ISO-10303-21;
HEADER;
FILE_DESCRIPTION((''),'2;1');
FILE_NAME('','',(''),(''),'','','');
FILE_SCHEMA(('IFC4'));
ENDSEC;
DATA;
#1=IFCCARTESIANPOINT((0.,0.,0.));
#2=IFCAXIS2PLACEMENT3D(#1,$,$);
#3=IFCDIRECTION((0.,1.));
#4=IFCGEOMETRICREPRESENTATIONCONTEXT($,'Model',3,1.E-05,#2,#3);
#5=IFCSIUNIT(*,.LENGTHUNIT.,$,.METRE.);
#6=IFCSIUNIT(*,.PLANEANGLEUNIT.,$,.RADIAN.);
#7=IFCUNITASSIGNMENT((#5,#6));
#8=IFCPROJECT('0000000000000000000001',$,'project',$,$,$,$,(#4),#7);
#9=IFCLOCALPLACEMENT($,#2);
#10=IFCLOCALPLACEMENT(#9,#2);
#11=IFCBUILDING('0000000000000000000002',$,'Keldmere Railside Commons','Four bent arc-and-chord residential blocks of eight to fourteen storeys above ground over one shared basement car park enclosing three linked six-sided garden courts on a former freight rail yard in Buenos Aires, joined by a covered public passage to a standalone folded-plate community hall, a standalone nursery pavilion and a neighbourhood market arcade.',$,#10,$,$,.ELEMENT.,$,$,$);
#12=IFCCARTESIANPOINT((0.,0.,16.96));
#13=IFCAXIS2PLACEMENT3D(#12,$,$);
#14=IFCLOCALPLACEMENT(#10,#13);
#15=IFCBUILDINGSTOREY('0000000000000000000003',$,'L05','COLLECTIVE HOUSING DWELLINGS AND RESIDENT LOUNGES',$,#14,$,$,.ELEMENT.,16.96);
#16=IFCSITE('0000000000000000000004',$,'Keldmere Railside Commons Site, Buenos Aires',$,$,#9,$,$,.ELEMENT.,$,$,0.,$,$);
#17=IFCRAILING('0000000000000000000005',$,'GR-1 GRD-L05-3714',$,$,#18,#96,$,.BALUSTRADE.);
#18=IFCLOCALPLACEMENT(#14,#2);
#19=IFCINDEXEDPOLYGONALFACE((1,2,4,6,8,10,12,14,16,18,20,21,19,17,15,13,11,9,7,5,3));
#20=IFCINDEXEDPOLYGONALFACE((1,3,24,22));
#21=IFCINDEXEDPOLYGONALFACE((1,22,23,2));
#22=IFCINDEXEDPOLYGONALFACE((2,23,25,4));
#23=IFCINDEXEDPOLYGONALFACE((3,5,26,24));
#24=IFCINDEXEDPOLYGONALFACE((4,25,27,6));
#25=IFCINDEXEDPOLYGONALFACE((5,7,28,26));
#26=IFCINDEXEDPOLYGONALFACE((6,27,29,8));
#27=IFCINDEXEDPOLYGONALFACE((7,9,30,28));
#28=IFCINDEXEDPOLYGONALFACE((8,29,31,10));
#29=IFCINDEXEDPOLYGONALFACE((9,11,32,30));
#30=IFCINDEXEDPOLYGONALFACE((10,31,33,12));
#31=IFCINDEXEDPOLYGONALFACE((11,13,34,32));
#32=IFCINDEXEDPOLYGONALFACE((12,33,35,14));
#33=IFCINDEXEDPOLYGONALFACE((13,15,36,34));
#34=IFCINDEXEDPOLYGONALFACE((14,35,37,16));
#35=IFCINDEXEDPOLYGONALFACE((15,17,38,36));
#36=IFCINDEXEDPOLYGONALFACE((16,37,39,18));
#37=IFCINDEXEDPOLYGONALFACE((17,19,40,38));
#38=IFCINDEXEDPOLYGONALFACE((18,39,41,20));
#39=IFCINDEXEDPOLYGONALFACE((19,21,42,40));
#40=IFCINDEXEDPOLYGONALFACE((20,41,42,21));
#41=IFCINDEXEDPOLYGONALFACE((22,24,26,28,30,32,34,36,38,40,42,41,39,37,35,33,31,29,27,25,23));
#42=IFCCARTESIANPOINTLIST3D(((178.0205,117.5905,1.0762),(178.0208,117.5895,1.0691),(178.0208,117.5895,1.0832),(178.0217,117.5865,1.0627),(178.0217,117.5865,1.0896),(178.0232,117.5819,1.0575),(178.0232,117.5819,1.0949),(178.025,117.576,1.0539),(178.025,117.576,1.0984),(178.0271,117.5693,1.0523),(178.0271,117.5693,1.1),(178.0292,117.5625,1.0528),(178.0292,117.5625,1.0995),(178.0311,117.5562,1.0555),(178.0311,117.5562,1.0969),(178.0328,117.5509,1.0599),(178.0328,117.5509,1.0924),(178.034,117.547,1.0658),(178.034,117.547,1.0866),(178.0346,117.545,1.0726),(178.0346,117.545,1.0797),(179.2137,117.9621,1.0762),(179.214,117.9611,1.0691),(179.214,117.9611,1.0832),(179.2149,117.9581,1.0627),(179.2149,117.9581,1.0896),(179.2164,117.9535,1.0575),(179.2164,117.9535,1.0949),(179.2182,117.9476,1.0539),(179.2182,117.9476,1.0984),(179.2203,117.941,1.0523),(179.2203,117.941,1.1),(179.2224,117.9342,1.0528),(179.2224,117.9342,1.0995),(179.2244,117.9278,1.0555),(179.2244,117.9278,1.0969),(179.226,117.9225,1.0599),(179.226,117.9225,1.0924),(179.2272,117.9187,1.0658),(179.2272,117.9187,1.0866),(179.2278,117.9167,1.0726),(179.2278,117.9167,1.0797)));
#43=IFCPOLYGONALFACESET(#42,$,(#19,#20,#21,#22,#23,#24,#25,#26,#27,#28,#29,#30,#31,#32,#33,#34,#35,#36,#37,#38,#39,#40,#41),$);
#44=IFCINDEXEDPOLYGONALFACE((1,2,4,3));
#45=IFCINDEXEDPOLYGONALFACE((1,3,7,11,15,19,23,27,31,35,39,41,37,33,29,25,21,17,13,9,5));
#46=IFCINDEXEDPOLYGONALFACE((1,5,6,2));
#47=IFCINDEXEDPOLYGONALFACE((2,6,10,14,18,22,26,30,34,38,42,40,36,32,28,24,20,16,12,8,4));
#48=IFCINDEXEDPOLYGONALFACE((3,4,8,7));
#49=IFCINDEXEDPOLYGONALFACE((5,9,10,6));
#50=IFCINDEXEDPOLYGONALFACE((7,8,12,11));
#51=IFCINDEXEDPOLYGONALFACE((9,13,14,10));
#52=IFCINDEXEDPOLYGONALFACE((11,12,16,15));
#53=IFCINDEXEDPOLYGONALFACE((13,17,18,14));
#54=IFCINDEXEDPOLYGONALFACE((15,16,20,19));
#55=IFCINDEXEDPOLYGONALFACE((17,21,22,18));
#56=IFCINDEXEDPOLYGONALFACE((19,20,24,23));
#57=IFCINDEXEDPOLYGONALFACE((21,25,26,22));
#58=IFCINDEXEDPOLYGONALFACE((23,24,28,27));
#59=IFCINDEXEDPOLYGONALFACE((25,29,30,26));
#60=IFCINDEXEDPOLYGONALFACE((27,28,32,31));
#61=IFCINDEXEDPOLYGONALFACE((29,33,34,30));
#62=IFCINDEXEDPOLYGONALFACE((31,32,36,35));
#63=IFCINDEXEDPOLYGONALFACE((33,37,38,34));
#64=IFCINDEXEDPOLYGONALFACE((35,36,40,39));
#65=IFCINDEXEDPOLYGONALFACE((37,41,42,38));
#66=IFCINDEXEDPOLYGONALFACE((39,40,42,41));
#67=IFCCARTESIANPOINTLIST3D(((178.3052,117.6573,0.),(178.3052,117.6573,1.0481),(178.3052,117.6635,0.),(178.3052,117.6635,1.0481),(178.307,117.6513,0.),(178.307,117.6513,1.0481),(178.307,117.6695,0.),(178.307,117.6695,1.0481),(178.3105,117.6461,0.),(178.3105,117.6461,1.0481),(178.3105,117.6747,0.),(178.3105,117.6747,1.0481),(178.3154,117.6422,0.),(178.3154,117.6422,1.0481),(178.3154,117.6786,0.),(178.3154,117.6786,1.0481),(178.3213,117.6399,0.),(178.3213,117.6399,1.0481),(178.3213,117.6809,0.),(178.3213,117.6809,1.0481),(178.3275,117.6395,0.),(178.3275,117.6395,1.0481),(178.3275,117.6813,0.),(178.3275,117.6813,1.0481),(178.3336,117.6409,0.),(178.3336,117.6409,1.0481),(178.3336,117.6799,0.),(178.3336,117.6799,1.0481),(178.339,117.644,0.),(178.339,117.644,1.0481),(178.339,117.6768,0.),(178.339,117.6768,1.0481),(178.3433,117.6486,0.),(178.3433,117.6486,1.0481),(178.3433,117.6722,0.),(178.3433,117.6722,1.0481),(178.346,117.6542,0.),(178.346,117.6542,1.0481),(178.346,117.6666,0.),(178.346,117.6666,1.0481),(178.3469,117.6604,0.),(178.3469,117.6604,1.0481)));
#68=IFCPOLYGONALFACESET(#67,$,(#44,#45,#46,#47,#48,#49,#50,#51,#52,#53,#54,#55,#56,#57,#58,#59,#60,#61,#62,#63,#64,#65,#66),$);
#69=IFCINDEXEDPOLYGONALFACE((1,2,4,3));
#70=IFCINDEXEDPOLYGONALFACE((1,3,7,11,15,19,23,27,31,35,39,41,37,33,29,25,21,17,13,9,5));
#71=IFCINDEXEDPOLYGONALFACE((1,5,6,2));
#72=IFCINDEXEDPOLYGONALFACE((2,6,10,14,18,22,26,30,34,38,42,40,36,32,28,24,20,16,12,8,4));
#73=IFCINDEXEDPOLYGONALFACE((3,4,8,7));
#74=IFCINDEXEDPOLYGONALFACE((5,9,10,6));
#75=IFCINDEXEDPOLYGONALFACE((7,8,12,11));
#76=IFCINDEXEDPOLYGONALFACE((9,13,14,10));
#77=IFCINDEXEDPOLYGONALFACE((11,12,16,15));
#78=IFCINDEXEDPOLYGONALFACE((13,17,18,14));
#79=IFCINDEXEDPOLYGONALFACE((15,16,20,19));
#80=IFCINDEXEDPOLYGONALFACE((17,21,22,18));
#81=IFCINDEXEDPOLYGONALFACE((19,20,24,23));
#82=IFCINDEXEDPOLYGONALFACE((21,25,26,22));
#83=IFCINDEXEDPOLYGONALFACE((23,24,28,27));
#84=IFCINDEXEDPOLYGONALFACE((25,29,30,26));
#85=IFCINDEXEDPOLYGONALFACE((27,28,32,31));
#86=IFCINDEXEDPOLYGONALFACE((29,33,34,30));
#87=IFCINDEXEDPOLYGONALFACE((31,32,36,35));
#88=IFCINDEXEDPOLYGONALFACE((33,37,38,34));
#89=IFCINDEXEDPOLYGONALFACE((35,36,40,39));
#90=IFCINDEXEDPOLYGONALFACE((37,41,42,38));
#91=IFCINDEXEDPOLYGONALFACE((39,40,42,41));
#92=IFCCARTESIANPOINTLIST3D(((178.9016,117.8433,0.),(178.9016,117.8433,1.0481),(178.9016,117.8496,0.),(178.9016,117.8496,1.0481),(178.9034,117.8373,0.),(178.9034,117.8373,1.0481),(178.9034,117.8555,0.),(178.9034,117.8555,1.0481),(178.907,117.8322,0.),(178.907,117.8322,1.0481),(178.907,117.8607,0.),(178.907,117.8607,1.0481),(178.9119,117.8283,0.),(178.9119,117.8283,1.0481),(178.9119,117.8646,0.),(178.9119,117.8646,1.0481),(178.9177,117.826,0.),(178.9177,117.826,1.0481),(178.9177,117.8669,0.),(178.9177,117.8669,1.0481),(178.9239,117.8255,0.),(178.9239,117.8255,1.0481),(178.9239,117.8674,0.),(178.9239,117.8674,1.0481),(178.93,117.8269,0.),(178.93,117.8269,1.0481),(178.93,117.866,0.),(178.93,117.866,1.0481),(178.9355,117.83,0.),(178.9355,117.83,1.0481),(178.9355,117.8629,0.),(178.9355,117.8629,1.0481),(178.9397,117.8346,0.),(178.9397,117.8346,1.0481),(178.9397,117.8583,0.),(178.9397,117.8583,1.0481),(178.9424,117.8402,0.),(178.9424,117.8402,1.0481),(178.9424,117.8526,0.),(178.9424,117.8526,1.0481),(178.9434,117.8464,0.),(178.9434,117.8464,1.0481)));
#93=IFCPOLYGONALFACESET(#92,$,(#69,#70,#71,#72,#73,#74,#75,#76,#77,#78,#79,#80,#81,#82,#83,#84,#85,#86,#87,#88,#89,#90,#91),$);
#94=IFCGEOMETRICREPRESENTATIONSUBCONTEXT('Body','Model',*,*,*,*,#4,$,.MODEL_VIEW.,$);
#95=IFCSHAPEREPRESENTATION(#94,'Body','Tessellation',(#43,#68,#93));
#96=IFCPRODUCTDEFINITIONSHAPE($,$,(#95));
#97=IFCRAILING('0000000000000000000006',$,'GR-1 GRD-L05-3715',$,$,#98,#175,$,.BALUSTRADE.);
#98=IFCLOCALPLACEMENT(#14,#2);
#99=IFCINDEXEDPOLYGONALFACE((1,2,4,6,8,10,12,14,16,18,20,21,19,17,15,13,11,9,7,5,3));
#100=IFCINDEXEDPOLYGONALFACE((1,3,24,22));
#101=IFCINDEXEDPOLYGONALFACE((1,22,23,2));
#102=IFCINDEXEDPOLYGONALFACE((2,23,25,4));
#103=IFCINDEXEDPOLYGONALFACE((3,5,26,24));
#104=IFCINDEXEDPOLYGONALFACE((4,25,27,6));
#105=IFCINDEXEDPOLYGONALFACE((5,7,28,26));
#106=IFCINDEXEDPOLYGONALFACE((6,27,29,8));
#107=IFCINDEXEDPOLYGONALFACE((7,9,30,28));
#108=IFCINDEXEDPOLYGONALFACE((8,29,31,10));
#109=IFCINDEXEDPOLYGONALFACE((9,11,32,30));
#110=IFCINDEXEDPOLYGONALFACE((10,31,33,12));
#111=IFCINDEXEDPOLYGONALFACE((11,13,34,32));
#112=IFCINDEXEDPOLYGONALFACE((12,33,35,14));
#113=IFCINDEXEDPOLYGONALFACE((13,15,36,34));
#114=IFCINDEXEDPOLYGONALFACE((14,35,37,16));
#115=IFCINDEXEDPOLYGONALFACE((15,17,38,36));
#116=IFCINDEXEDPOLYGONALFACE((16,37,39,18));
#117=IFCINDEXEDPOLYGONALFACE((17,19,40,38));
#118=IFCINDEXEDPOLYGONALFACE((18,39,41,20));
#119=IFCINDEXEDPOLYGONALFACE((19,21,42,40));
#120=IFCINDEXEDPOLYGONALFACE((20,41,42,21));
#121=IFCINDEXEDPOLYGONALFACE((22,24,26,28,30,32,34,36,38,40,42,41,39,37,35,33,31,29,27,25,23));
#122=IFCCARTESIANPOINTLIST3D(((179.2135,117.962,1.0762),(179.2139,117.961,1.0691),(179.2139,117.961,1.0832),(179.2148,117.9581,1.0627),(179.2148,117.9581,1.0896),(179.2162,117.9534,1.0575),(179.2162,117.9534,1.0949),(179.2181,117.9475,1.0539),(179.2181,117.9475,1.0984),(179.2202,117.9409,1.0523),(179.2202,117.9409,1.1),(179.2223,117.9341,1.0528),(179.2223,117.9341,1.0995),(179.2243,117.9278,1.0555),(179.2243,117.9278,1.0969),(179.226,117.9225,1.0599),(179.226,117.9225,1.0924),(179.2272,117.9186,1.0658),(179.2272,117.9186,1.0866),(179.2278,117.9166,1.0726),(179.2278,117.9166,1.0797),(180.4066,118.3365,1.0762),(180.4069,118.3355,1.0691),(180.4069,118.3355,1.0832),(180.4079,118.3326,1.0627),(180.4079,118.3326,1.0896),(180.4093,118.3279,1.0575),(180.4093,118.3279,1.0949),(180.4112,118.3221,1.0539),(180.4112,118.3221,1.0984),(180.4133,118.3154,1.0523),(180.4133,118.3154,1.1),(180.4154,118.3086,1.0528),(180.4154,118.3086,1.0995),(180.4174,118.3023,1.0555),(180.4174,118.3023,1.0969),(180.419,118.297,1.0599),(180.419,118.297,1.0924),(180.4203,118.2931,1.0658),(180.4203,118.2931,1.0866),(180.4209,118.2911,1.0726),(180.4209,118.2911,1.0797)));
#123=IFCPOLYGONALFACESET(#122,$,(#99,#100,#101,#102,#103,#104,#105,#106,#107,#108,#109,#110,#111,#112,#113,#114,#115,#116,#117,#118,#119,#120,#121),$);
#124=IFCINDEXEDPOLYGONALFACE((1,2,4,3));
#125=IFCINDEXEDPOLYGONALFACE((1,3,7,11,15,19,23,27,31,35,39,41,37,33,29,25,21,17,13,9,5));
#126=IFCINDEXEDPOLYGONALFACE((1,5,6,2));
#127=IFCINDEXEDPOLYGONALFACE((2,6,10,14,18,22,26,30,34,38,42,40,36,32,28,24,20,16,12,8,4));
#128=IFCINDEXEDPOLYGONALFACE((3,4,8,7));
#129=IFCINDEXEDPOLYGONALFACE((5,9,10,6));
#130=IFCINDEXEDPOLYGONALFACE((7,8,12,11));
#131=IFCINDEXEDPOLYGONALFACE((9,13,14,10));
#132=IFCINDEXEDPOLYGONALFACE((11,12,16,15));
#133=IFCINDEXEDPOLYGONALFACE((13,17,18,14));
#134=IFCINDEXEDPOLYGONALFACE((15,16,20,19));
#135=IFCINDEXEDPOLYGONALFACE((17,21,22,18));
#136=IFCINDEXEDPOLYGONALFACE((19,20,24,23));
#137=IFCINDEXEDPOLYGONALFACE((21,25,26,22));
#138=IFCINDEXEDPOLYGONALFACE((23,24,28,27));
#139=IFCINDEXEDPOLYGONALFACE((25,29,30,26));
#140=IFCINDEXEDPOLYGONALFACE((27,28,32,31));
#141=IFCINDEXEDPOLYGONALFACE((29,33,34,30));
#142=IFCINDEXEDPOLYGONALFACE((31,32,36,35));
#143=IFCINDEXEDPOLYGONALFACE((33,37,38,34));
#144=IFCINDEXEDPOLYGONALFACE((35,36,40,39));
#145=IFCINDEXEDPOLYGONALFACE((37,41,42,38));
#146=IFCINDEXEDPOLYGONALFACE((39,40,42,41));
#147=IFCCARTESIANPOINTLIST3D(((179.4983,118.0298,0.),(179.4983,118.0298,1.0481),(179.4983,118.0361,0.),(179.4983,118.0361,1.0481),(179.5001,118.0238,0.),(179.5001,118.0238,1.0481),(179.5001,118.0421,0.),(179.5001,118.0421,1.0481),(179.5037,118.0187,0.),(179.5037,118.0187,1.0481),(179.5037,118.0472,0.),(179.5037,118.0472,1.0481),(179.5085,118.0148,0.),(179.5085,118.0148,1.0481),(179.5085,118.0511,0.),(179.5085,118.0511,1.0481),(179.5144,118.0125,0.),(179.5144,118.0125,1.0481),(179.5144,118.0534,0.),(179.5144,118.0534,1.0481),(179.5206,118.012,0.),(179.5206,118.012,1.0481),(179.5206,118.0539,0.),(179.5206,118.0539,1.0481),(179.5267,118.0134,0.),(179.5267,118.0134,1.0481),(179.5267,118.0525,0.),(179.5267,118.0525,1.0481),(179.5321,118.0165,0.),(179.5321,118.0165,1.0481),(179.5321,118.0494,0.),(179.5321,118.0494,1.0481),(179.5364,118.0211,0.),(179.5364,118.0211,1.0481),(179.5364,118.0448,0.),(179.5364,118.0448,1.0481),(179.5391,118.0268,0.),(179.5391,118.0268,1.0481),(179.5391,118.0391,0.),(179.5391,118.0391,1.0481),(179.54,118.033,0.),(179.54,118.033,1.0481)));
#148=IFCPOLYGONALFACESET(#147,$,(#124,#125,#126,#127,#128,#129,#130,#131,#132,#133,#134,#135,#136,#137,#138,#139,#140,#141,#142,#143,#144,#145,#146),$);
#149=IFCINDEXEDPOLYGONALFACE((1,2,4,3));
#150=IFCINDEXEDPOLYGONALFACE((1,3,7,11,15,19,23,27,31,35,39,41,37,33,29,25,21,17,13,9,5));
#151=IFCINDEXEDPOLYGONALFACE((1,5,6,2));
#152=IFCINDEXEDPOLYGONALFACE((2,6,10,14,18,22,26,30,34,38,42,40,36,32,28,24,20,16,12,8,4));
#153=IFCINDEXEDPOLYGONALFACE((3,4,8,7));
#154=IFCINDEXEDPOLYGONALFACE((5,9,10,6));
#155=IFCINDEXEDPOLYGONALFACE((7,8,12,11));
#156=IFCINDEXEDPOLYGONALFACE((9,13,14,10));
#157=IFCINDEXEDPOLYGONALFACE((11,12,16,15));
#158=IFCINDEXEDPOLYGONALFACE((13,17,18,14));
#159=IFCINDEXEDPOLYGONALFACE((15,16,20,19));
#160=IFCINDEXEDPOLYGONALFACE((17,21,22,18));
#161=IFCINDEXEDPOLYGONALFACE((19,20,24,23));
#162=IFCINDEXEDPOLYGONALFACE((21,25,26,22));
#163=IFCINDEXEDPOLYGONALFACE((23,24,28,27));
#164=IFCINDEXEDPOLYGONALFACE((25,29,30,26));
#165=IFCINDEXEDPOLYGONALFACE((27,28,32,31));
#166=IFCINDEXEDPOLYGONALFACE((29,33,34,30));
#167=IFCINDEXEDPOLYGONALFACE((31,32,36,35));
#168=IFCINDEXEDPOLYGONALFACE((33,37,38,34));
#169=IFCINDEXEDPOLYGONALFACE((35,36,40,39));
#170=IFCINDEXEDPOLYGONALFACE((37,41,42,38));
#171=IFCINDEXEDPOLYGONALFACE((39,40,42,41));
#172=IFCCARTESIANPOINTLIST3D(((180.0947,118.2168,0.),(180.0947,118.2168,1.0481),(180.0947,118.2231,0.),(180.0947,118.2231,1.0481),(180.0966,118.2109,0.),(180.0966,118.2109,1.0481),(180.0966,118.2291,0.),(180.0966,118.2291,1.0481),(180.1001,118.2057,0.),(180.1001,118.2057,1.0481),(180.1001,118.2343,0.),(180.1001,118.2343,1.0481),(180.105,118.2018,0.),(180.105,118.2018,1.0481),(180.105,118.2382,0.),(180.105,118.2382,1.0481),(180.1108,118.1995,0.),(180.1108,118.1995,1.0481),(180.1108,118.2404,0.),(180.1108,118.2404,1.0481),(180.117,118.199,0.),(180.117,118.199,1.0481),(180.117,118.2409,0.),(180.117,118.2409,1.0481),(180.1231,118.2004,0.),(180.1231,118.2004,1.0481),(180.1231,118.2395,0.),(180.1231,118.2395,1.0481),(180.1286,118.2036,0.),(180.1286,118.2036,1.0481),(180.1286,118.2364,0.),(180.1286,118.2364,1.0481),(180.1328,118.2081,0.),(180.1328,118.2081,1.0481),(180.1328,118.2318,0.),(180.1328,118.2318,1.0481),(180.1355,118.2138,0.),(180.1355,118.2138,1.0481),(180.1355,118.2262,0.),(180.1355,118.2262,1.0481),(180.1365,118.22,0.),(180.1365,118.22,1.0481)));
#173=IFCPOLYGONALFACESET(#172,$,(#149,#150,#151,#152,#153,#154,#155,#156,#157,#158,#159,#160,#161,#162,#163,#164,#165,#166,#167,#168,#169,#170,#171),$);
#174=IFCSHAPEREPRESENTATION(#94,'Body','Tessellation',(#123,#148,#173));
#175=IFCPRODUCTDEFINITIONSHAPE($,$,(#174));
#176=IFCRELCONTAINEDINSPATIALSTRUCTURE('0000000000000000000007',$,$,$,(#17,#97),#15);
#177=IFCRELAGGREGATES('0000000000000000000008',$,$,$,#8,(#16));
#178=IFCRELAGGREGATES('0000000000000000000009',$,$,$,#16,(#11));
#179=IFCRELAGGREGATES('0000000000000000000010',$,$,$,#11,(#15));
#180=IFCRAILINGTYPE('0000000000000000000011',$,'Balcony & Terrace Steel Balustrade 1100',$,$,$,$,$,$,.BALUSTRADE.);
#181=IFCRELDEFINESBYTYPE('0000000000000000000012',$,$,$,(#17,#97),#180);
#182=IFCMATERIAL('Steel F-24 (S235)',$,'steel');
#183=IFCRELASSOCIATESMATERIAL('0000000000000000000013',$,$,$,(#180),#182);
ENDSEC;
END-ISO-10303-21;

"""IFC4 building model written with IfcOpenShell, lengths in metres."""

from ifc_helpers import new_model, si_unit, direction, frame, origin, origin_2d, place, context, subcontext, project, spatial, circle, extrude, material, type_object, element, save


model = new_model("IFC4")

# Units and contexts
model_context = context("Model", 3, precision=1e-05, world=origin(), true_north=direction((0.0, 1.0)))
body_context = subcontext(model_context, "Body", "Model", "MODEL_VIEW")
ifc_project = project(units=[si_unit("LENGTHUNIT", "METRE"), si_unit("PLANEANGLEUNIT", "RADIAN")], contexts=[model_context])

# Site, building, storey
site_placement = place(None, origin())
site = spatial("IfcSite", under=ifc_project, at=site_placement, Name="Keldmere Railside Commons Site, Buenos Aires", CompositionType="ELEMENT", RefElevation=0.0)
building_placement = place(site_placement, origin())
building = spatial("IfcBuilding", under=site, at=building_placement, Name="Keldmere Railside Commons", Description="Four bent arc-and-chord residential blocks of eight to fourteen storeys above ground over one shared basement car park enclosing three linked six-sided garden courts on a former freight rail yard in Buenos Aires, joined by a covered public passage to a standalone folded-plate community hall, a standalone nursery pavilion and a neighbourhood market arcade.", CompositionType="ELEMENT")
storey_placement = place(building_placement, frame((0.0, 0.0, 16.96)))
storey = spatial("IfcBuildingStorey", under=building, at=storey_placement, Name="L05", Description="COLLECTIVE HOUSING DWELLINGS AND RESIDENT LOUNGES", CompositionType="ELEMENT", Elevation=16.96)

# Railings
ifc_material_1 = material(Name="Steel F-24 (S235)", Category="steel")
railing_type = type_object("IfcRailingType", Name="Balcony & Terrace Steel Balustrade 1100", PredefinedType="BALUSTRADE", material=ifc_material_1)
railing_1_placement = place(storey_placement, frame((178.0276, 117.5676, 0.0)))
element("IfcRailing", 1, at=railing_1_placement, inside=storey, type_object=railing_type, Name="GR-1 GRD-L05-3714", PredefinedType="BALUSTRADE", context=body_context, shape_type="SweptSolid", body=[
    extrude(circle(Radius=0.0239, at=origin_2d()), frame((0.0, 0.0, 1.0762), z_axis=(0.954768, 0.297352, 0.0), x_axis=(-0.297352, 0.954768, 0.0)), (0.0, 0.0, 1.0), 1.2498),
    extrude(circle(Radius=0.021, at=origin_2d()), frame((0.2983, 0.0928, 0.0)), (0.0, 0.0, 1.0), 1.0481),
    extrude(circle(Radius=0.021, at=origin_2d()), frame((0.8948, 0.2788, 0.0)), (0.0, 0.0, 1.0), 1.0481),
])
railing_2_placement = place(storey_placement, frame((179.2207, 117.9392, 0.0)))
element("IfcRailing", 2, at=railing_2_placement, inside=storey, type_object=railing_type, Name="GR-1 GRD-L05-3715", PredefinedType="BALUSTRADE", context=body_context, shape_type="SweptSolid", body=[
    extrude(circle(Radius=0.0239, at=origin_2d()), frame((0.0, 0.0, 1.0762), z_axis=(0.954101, 0.299486, 0.0), x_axis=(-0.299486, 0.954101, 0.0)), (0.0, 0.0, 1.0), 1.2505),
    extrude(circle(Radius=0.021, at=origin_2d()), frame((0.2983, 0.0938, 0.0)), (0.0, 0.0, 1.0), 1.0481),
    extrude(circle(Radius=0.021, at=origin_2d()), frame((0.8948, 0.2808, 0.0)), (0.0, 0.0, 1.0), 1.0481),
])

save(model, "model.ifc")
